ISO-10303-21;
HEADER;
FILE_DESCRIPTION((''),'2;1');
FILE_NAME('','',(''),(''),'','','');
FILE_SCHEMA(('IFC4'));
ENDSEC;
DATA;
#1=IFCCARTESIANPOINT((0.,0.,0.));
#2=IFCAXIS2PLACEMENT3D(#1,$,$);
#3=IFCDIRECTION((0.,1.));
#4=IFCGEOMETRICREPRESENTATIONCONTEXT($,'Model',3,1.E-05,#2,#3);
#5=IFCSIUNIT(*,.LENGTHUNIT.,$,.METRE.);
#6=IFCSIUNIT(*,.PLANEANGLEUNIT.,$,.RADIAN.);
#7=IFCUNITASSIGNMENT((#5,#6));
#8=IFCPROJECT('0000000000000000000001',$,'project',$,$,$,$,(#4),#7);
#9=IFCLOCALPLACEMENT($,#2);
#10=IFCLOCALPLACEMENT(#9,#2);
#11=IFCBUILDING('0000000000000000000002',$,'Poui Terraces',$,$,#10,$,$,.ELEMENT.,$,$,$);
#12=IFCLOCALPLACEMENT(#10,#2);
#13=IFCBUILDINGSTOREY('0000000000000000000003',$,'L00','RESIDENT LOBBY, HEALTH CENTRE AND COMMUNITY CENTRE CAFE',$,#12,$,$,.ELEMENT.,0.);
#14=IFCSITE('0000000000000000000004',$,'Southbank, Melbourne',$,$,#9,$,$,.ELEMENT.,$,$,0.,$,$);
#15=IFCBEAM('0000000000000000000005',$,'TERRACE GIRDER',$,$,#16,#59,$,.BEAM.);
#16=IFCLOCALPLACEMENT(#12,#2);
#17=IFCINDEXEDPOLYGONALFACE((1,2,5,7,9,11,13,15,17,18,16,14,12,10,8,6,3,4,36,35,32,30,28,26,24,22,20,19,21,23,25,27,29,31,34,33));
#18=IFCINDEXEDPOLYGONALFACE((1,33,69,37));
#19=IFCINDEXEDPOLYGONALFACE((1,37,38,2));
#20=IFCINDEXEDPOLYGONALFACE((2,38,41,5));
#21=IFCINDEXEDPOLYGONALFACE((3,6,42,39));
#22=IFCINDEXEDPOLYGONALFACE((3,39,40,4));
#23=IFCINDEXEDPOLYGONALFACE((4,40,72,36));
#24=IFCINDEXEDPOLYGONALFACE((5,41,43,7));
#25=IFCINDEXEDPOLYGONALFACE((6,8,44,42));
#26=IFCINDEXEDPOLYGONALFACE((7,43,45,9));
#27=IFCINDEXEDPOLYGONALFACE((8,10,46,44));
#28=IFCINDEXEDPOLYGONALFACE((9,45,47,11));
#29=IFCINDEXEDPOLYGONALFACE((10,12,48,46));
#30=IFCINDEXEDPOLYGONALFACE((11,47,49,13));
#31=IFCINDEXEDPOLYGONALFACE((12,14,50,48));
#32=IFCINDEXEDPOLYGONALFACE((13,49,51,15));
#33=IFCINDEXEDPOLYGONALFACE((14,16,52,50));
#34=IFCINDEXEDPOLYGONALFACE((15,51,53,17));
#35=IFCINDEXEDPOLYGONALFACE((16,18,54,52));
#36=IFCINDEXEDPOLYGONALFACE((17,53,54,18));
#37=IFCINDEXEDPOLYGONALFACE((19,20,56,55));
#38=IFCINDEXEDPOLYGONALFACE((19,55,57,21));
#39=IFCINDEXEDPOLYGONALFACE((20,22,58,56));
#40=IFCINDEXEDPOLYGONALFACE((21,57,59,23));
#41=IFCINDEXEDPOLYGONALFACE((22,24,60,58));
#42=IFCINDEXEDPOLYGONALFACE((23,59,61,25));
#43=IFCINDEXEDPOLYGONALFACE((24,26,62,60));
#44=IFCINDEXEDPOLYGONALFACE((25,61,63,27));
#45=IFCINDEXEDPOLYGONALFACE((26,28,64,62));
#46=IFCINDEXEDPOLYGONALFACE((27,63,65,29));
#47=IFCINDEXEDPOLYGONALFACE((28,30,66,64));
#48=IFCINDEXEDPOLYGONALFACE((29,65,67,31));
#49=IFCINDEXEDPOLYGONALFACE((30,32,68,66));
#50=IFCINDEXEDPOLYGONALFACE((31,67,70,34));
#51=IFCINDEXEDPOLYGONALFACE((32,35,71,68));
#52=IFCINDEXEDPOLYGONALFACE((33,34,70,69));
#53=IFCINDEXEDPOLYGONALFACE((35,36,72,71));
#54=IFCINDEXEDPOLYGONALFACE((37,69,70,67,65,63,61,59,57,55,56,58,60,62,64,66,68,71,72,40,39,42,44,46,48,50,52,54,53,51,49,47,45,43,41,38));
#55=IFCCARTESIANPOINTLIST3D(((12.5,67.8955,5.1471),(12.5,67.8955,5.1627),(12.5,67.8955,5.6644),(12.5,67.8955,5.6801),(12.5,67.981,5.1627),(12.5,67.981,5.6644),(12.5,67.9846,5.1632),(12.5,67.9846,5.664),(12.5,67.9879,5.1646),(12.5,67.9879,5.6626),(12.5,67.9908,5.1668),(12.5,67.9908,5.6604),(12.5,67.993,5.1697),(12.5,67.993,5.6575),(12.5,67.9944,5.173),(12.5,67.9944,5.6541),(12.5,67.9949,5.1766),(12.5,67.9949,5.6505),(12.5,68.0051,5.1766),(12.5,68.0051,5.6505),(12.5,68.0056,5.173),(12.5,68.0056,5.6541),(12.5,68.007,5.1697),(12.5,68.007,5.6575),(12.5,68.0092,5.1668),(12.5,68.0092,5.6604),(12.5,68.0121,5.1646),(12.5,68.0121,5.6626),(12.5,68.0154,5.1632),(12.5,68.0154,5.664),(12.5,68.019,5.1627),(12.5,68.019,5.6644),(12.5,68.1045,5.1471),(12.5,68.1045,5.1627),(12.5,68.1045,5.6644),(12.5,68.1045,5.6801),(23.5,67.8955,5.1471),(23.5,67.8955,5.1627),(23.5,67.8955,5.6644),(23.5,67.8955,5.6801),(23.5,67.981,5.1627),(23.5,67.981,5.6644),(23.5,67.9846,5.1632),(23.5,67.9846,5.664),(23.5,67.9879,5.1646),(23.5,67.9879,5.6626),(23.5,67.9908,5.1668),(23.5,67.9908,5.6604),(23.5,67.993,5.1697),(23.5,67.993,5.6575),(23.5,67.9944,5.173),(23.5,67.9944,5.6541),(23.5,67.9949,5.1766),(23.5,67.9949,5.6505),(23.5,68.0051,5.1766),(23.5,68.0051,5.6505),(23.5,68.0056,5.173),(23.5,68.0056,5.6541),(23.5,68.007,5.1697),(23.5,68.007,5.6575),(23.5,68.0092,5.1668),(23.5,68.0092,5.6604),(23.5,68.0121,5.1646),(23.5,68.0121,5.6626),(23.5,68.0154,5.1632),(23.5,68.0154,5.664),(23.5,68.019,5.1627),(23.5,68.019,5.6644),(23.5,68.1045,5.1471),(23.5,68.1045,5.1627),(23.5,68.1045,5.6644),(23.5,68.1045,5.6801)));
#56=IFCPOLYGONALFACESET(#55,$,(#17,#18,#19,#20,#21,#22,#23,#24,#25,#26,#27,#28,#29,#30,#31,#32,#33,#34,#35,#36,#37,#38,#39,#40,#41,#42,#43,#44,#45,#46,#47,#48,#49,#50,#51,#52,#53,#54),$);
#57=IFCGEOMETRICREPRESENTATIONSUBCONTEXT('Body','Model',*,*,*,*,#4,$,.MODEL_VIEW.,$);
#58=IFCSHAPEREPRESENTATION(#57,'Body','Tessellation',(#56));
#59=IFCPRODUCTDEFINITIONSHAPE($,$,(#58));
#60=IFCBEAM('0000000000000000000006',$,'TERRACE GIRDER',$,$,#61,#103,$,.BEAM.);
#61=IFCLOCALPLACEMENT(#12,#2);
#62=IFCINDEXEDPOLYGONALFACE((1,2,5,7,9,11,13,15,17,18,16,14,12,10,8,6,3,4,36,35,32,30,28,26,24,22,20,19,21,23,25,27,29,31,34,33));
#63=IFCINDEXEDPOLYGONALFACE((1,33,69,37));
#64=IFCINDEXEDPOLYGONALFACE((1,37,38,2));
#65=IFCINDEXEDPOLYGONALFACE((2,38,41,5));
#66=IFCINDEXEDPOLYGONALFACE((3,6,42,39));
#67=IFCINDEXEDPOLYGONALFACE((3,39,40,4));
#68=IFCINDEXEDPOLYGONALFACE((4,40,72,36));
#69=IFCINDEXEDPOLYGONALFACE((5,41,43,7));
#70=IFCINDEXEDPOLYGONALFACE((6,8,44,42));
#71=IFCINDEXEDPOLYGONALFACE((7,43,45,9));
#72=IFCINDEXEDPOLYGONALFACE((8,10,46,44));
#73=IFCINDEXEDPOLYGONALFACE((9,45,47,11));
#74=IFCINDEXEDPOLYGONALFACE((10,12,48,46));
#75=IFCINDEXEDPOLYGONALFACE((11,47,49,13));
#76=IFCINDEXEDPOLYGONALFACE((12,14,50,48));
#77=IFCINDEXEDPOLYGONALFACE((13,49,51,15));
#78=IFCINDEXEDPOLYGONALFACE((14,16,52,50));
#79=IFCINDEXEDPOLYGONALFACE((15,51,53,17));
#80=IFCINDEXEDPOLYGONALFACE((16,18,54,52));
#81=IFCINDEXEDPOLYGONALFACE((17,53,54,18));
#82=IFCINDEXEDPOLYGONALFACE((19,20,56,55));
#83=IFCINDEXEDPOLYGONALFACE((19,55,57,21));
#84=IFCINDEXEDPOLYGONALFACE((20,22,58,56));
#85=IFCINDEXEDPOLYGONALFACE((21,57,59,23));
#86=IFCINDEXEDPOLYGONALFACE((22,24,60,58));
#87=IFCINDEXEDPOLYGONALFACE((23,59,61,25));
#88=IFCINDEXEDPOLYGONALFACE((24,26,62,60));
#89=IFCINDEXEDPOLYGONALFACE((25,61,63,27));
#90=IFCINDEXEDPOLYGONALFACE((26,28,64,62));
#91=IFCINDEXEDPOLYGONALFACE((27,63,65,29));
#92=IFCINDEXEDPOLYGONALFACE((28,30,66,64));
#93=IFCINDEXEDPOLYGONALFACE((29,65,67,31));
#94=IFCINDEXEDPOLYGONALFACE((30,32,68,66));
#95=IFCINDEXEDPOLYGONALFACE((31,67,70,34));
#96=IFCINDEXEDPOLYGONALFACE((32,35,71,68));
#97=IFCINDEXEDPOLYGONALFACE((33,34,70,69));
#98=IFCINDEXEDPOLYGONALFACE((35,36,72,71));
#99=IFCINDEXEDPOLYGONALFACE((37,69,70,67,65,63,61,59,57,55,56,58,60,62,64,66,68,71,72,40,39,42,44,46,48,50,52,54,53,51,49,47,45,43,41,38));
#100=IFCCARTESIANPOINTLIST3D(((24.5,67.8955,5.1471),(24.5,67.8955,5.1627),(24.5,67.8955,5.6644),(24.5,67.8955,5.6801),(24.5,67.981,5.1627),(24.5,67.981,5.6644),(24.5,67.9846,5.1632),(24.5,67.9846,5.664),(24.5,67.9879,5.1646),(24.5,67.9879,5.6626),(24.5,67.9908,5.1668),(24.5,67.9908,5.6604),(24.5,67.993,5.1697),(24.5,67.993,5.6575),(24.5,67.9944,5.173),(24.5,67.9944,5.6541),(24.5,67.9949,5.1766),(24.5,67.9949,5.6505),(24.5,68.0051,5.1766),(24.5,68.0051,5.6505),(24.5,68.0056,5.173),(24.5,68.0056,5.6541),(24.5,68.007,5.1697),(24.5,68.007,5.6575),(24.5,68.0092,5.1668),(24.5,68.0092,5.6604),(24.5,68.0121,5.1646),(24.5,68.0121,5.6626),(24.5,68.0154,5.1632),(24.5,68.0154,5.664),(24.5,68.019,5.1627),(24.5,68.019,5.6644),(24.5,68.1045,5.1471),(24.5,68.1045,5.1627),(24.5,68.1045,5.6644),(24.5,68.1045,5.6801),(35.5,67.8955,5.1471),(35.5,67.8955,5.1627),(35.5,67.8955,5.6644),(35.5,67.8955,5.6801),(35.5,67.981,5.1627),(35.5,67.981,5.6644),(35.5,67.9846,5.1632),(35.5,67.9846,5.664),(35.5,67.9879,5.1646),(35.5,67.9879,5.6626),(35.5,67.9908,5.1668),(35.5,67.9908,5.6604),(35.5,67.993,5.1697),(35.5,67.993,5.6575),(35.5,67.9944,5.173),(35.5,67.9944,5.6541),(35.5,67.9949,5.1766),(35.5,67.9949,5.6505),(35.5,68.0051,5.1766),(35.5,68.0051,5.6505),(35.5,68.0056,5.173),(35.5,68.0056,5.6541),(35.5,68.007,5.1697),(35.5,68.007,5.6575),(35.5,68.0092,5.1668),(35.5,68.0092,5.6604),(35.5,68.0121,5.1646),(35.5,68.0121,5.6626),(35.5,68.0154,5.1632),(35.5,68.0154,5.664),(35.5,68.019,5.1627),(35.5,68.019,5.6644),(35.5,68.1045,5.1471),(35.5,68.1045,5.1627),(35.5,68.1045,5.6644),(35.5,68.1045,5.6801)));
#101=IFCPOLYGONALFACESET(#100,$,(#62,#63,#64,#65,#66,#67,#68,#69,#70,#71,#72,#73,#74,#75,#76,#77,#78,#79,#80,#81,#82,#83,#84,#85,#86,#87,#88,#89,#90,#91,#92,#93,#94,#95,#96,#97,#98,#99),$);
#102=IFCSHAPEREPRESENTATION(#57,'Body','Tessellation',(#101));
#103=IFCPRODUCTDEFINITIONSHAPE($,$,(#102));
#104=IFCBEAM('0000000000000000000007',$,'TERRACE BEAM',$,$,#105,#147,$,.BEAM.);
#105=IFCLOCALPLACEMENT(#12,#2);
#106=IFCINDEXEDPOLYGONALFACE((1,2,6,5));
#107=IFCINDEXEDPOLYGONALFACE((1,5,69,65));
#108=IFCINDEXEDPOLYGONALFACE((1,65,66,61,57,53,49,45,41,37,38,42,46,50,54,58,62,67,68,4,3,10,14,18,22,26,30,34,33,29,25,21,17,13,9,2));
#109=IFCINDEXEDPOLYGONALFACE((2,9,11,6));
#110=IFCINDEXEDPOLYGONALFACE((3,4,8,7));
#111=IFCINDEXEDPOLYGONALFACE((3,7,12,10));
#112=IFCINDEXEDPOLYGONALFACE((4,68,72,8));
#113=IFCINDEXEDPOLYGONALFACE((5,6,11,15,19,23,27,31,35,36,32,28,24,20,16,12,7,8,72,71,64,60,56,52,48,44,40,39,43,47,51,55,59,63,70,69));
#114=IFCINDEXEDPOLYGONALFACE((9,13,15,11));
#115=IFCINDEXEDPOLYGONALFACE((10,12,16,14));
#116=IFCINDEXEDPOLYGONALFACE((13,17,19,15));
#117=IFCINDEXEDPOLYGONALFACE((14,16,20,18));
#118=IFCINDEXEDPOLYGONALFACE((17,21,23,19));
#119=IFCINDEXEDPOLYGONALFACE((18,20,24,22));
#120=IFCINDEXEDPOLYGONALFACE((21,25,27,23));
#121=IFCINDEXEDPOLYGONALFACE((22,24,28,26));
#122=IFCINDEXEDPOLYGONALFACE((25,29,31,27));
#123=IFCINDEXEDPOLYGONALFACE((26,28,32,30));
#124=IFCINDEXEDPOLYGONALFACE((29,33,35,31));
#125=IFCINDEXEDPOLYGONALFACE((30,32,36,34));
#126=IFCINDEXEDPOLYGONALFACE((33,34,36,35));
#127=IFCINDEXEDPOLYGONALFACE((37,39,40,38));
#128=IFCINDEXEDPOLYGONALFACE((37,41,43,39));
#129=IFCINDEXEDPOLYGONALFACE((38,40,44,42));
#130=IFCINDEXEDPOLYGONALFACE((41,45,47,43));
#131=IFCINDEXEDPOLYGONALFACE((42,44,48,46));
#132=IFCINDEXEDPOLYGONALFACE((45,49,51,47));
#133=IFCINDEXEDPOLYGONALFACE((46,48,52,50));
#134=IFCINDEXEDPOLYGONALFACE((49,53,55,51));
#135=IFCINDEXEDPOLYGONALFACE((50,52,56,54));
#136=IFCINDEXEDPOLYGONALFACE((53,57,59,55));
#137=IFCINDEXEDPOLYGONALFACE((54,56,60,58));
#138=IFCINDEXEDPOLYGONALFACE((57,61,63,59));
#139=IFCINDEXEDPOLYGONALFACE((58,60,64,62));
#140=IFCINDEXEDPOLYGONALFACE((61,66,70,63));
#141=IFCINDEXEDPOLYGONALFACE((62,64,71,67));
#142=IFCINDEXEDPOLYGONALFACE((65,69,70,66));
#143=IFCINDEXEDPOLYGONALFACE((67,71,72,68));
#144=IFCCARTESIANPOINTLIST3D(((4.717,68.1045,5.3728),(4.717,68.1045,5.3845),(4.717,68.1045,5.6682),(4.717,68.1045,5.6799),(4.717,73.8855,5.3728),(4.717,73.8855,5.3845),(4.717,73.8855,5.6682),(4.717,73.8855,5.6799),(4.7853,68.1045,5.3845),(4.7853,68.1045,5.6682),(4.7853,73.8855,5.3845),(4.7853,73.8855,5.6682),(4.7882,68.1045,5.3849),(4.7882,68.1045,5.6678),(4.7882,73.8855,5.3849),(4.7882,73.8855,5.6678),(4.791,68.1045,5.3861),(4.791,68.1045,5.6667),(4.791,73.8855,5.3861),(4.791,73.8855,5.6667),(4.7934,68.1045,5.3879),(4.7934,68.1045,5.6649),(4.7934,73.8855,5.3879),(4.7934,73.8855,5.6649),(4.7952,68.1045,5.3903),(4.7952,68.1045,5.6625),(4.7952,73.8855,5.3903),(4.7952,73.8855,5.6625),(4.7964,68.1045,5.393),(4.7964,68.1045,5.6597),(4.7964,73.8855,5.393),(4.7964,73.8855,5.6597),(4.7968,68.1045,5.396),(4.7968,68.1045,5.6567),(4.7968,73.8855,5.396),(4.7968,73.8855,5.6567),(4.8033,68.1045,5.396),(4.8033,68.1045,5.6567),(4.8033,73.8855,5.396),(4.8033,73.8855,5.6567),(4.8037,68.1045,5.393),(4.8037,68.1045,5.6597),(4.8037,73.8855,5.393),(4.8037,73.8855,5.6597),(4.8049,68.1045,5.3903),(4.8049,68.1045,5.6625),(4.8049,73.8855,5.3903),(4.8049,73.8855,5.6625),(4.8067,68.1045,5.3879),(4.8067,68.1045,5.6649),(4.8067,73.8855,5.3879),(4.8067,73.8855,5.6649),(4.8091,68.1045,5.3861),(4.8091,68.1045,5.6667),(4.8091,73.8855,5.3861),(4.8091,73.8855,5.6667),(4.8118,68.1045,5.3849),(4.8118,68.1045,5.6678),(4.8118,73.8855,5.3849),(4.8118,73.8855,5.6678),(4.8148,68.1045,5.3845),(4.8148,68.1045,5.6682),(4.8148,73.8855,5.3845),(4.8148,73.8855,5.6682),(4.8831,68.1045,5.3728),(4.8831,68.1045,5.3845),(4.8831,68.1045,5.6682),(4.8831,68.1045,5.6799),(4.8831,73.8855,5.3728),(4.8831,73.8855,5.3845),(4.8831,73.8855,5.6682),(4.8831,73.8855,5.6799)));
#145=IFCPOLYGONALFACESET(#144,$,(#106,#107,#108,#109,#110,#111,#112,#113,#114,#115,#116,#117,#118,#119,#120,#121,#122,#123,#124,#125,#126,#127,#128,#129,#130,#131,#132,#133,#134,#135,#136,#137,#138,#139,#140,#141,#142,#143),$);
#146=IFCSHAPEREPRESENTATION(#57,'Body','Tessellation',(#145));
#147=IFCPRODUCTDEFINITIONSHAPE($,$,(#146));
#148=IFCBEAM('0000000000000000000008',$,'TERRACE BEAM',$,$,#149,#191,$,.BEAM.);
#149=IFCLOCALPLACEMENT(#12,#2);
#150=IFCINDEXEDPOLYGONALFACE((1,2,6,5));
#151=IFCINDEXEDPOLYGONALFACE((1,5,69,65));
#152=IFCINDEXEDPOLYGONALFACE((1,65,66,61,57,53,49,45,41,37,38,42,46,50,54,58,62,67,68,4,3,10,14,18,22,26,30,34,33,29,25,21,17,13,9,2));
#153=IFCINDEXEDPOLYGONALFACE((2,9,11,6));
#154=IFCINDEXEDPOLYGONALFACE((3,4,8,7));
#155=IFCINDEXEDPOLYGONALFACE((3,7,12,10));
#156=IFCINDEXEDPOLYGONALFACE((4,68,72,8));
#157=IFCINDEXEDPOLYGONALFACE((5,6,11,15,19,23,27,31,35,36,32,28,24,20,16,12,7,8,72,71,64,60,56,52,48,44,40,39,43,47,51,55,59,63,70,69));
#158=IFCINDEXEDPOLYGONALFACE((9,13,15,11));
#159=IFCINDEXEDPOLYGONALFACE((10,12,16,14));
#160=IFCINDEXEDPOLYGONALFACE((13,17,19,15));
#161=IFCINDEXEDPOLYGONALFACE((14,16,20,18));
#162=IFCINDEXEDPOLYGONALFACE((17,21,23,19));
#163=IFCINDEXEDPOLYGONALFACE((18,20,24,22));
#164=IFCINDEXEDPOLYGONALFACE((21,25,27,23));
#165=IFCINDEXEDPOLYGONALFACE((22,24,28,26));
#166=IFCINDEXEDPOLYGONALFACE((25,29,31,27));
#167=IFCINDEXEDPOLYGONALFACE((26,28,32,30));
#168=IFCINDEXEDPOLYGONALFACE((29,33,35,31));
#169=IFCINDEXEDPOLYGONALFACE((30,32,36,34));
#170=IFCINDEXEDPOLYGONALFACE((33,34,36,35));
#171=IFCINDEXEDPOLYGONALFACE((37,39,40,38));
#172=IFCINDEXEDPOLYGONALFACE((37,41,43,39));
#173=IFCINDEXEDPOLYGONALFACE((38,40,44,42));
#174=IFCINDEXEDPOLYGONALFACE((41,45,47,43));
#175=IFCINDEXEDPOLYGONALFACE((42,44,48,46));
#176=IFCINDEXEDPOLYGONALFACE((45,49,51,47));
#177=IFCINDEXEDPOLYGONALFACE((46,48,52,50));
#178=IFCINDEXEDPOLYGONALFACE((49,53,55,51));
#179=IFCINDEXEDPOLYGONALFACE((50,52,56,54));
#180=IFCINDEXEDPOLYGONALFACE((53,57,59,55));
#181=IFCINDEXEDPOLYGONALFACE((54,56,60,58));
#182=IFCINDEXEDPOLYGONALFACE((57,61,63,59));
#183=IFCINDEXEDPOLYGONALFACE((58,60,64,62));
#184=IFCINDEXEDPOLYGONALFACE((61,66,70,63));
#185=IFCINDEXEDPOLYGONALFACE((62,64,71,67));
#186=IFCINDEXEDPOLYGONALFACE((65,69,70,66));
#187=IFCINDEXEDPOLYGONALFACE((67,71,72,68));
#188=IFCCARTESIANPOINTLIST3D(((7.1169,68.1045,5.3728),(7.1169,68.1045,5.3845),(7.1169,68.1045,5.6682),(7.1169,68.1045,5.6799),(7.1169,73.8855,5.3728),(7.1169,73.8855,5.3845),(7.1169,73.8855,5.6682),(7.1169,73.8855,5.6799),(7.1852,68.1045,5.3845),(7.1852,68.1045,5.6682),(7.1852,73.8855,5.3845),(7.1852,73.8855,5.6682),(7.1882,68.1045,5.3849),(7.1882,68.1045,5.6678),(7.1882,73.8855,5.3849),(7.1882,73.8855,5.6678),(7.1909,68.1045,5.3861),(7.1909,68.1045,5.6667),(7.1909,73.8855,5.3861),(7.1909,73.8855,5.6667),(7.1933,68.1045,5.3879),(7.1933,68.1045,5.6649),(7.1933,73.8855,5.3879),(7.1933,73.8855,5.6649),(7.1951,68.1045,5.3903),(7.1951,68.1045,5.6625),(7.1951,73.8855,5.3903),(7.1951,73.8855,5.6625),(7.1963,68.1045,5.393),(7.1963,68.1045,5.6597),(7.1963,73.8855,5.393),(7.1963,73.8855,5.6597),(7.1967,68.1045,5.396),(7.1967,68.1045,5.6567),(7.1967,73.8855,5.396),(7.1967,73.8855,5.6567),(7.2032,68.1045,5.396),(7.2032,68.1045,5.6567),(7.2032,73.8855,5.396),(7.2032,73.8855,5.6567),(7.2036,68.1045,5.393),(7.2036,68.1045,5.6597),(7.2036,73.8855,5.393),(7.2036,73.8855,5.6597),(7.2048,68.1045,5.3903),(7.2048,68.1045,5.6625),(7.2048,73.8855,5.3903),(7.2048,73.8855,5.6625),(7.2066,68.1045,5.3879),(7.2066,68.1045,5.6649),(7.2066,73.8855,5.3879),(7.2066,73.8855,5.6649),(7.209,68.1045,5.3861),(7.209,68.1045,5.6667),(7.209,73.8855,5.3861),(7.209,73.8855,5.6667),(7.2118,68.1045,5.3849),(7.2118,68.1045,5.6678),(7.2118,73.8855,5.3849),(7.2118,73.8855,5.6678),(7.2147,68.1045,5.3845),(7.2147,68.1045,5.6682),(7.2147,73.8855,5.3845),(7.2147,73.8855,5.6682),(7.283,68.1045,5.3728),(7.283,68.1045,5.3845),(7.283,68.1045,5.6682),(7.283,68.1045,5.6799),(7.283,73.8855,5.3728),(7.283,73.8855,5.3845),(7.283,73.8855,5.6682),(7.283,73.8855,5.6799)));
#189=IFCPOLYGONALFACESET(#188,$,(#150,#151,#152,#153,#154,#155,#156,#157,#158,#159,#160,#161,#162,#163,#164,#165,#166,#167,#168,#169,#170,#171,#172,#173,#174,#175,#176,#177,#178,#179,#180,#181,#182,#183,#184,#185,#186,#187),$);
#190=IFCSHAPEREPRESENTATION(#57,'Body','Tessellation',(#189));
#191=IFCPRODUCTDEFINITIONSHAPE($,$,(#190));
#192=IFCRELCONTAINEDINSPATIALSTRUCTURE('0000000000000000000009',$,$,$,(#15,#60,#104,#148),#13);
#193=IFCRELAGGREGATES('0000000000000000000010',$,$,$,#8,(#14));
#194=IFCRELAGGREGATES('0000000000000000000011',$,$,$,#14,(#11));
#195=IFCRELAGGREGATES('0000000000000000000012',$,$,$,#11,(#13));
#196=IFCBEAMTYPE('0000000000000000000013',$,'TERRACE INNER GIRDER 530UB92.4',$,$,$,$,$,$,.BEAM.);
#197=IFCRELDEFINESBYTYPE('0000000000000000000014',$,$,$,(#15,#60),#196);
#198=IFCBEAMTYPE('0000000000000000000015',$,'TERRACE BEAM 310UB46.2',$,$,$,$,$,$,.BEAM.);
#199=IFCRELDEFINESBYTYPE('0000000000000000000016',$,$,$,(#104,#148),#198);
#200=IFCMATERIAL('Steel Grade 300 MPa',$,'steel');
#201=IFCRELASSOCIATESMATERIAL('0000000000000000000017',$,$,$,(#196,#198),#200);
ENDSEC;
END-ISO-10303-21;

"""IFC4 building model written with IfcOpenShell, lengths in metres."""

from ifc_helpers import new_model, si_unit, direction, frame, origin, origin_2d, place, context, subcontext, project, spatial, i_section, extrude, source, transform, mapped, material, material_profile, profile_set, type_object, element, save


model = new_model("IFC4")

# Units and contexts
model_context = context("Model", 3, precision=1e-05, world=origin(), true_north=direction((0.0, 1.0)))
body_context = subcontext(model_context, "Body", "Model", "MODEL_VIEW")
ifc_project = project(units=[si_unit("LENGTHUNIT", "METRE"), si_unit("PLANEANGLEUNIT", "RADIAN")], contexts=[model_context])

# Site, building, storey
site_placement = place(None, origin())
site = spatial("IfcSite", under=ifc_project, at=site_placement, Name="Southbank, Melbourne", CompositionType="ELEMENT", RefElevation=0.0)
building_placement = place(site_placement, origin())
building = spatial("IfcBuilding", under=site, at=building_placement, Name="Poui Terraces", CompositionType="ELEMENT")
storey_placement = place(building_placement, origin())
storey = spatial("IfcBuildingStorey", under=building, at=storey_placement, Name="L00", Description="RESIDENT LOBBY, HEALTH CENTRE AND COMMUNITY CENTRE CAFE", CompositionType="ELEMENT", Elevation=0.0)

# Beams
ifc_material_1 = material(Name="Steel Grade 300 MPa", Category="steel")
ifc_material_profile_1 = material_profile(ifc_material_1, i_section(OverallWidth=0.209, OverallDepth=0.533, WebThickness=0.0103, FlangeThickness=0.0156, FilletRadius=0.0139, at=origin_2d()), Name="530UB92.4")
ifc_profile_set_1 = profile_set([ifc_material_profile_1], Name="Steel Grade 300 MPa")
beam_type_1 = type_object("IfcBeamType", Name="TERRACE INNER GIRDER 530UB92.4", PredefinedType="BEAM", material=ifc_profile_set_1)
shared_shape_1 = source(origin(), body_context, "Body", "SweptSolid", [
    extrude(i_section(OverallWidth=0.209, OverallDepth=0.533, WebThickness=0.0103, FlangeThickness=0.0156, FilletRadius=0.0139, at=origin_2d()), origin(), (0.0, 0.0, 1.0), 11.0),
])
for number, where, z_axis, x_axis, name in (
    (1, (12.5, 68.0, 5.4136), (1.0, 0.0, 0.0), (0.0, 1.0, 0.0), "TERRACE GIRDER"),
    (2, (24.5, 68.0, 5.4136), (1.0, 0.0, 0.0), (0.0, 1.0, 0.0), "TERRACE GIRDER"),
):
    element("IfcBeam", number, at=place(storey_placement, frame(where, z_axis=z_axis, x_axis=x_axis)), inside=storey, type_object=beam_type_1, Name=name, PredefinedType="BEAM", context=body_context, shape_type="MappedRepresentation", body=[
        mapped(shared_shape_1, transform((0.0, 0.0, 0.0))),
    ])
ifc_material_profile_2 = material_profile(ifc_material_1, i_section(OverallWidth=0.166, OverallDepth=0.3071, WebThickness=0.0066, FlangeThickness=0.0117, FilletRadius=0.0115, at=origin_2d()), Name="310UB46.2")
ifc_profile_set_2 = profile_set([ifc_material_profile_2], Name="Steel Grade 300 MPa")
beam_type_2 = type_object("IfcBeamType", Name="TERRACE BEAM 310UB46.2", PredefinedType="BEAM", material=ifc_profile_set_2)
shared_shape_2 = source(origin(), body_context, "Body", "SweptSolid", [
    extrude(i_section(OverallWidth=0.166, OverallDepth=0.3071, WebThickness=0.0066, FlangeThickness=0.0117, FilletRadius=0.0115, at=origin_2d()), origin(), (0.0, 0.0, 1.0), 5.781),
])
for number, where, z_axis, x_axis, name in (
    (3, (4.8, 68.1045, 5.5264), (0.0, 1.0, 0.0), (-1.0, 0.0, 0.0), "TERRACE BEAM"),
    (4, (7.2, 68.1045, 5.5264), (0.0, 1.0, 0.0), (-1.0, 0.0, 0.0), "TERRACE BEAM"),
):
    element("IfcBeam", number, at=place(storey_placement, frame(where, z_axis=z_axis, x_axis=x_axis)), inside=storey, type_object=beam_type_2, Name=name, PredefinedType="BEAM", context=body_context, shape_type="MappedRepresentation", body=[
        mapped(shared_shape_2, transform((0.0, 0.0, 0.0))),
    ])

save(model, "model.ifc")
